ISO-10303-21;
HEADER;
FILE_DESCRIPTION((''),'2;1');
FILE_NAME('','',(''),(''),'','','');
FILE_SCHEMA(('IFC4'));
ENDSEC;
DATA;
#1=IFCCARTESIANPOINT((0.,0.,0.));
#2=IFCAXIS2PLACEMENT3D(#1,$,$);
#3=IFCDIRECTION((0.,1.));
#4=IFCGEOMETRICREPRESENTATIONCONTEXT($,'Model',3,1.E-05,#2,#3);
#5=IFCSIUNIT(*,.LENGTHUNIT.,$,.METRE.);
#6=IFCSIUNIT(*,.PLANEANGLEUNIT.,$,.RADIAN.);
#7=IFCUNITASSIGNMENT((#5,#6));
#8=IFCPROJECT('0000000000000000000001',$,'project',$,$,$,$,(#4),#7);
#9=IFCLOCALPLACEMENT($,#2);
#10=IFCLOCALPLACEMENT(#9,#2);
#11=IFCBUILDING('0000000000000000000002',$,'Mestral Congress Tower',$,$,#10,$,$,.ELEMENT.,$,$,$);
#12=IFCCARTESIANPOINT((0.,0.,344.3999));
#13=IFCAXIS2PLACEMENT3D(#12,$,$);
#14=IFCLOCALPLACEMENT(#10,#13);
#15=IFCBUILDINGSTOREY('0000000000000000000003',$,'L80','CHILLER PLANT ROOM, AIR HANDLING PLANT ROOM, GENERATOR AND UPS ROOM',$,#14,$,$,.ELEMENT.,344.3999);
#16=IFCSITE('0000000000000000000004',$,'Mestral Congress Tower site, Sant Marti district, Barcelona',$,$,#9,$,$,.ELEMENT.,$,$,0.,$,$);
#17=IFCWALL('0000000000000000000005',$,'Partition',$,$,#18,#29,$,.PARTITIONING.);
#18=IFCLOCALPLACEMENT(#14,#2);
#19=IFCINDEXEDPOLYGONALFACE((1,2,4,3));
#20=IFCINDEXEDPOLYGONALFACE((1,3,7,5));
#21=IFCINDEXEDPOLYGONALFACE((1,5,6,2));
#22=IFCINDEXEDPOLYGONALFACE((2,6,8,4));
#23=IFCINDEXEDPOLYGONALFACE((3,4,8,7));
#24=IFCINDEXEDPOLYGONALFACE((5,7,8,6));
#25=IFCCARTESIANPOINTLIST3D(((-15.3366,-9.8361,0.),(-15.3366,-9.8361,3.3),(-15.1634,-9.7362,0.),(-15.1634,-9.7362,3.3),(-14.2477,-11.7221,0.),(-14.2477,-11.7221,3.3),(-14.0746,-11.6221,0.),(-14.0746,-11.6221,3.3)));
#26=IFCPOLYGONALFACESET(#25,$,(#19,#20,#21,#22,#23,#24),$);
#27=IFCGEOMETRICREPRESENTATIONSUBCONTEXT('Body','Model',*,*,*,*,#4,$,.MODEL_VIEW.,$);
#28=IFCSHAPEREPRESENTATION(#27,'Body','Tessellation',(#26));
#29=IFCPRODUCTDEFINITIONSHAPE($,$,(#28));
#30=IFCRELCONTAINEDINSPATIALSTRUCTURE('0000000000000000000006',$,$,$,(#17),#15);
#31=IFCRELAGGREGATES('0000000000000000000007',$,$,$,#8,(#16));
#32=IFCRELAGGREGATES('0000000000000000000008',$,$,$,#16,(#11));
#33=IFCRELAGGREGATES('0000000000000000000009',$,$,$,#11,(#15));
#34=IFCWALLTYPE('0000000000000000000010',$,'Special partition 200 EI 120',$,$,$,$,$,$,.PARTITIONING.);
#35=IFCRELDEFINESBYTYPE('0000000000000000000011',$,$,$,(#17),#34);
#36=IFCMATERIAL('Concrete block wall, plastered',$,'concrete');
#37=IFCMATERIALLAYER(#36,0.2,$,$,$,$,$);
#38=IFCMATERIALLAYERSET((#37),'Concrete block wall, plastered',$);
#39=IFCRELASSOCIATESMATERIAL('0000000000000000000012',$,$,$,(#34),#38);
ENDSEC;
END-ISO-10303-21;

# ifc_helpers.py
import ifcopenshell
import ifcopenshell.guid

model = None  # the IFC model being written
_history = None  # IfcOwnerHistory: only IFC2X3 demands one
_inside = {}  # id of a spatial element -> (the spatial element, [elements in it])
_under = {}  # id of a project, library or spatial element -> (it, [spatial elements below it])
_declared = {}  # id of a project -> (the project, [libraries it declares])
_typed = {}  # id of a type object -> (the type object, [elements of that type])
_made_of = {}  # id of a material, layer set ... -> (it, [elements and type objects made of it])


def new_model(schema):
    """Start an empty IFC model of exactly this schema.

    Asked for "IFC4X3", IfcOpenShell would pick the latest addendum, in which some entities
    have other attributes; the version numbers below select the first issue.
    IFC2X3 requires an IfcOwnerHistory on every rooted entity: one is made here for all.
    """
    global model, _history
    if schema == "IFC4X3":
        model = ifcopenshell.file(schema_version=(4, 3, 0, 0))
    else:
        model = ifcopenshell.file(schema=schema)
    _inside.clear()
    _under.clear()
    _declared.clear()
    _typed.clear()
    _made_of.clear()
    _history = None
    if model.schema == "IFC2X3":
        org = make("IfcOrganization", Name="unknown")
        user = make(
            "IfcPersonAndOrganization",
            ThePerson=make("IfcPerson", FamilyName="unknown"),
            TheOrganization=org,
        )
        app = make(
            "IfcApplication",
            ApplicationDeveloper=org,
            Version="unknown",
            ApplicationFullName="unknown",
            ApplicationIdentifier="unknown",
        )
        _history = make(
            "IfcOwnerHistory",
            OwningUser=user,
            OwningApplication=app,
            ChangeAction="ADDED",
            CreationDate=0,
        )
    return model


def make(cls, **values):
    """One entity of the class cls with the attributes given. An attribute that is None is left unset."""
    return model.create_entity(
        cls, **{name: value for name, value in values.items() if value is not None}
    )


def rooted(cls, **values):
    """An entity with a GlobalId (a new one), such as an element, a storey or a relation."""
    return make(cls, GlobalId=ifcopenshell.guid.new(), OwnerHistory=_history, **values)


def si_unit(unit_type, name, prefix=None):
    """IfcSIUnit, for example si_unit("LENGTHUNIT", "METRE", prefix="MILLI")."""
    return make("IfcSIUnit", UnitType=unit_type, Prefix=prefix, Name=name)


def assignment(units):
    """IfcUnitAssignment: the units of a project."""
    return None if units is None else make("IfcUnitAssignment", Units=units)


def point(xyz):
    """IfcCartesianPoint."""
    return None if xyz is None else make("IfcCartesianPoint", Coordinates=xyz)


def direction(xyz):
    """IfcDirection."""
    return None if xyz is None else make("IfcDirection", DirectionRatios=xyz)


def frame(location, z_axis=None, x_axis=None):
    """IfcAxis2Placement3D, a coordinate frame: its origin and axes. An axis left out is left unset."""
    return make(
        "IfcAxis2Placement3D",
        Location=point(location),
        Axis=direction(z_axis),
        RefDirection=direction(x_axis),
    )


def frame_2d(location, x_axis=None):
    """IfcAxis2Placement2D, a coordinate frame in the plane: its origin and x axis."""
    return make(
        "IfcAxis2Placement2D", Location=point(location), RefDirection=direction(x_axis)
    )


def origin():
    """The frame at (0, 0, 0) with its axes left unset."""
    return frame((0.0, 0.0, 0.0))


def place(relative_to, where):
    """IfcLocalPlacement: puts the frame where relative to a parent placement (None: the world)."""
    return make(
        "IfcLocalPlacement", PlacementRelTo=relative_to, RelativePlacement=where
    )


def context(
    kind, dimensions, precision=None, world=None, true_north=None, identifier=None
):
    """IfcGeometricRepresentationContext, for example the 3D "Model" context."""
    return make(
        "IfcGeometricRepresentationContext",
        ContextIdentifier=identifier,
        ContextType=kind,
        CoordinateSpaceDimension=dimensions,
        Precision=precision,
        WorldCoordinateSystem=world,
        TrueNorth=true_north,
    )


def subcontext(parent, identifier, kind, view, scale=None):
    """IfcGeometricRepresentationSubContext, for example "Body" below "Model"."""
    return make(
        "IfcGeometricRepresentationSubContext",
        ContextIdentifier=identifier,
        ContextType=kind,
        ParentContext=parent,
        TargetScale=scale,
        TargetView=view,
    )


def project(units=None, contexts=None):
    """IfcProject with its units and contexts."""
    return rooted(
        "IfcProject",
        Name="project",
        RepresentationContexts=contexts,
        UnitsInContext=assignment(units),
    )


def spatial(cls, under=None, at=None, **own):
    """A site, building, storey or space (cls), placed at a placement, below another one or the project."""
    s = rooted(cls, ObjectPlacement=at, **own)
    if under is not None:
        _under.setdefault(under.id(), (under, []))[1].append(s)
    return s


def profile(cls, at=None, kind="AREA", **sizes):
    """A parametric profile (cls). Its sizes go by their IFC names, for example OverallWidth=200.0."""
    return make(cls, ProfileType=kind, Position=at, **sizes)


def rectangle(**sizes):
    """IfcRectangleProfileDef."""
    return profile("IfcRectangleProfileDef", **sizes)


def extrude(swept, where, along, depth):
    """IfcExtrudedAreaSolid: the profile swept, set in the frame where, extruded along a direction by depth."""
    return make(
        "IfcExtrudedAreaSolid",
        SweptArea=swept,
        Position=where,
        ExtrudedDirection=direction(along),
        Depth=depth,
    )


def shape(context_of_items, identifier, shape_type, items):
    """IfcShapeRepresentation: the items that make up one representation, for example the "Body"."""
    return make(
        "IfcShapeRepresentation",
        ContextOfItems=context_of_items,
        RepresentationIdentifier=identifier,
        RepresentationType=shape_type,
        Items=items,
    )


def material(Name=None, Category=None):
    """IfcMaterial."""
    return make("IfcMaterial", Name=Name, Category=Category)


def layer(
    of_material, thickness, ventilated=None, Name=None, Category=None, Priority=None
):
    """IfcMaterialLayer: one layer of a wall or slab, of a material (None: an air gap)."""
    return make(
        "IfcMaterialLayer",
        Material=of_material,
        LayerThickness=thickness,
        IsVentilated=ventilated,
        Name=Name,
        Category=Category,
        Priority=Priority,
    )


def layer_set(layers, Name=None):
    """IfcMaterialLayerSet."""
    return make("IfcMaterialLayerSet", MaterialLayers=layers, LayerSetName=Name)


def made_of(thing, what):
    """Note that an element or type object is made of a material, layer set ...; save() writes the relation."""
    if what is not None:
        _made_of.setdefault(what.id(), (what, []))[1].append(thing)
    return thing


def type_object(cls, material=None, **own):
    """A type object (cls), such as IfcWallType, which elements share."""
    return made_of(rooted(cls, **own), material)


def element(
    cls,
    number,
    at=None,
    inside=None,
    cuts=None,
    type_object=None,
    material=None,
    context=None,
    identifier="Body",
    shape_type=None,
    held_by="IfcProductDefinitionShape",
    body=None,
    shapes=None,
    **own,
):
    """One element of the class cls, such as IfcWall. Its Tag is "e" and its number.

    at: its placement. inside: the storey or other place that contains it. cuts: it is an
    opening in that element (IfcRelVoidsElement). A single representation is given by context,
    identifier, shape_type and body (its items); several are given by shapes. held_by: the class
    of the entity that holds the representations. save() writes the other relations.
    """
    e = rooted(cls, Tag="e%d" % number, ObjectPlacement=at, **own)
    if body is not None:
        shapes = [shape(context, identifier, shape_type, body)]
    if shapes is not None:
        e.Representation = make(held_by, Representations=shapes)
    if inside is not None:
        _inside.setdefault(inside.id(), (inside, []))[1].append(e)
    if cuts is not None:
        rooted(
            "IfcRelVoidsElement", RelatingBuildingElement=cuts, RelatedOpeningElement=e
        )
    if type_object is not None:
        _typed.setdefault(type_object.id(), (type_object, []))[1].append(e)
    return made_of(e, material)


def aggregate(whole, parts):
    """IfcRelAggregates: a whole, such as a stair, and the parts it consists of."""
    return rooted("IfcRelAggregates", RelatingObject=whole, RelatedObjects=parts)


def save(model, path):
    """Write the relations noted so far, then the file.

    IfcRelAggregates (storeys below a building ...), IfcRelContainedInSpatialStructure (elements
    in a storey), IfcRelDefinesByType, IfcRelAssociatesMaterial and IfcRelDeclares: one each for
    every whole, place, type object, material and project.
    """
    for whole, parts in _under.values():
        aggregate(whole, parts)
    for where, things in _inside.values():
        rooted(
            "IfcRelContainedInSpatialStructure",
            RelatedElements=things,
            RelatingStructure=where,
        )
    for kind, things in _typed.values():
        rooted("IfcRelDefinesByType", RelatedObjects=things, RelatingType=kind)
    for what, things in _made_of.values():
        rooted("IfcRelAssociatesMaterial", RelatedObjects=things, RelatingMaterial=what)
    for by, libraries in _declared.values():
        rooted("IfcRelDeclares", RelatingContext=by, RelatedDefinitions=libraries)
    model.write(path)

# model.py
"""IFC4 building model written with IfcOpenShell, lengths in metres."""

from ifc_helpers import new_model, si_unit, direction, frame, frame_2d, origin, place, context, subcontext, project, spatial, rectangle, extrude, material, layer, layer_set, type_object, element, save


model = new_model("IFC4")

# Units and contexts
model_context = context("Model", 3, precision=1e-05, world=origin(), true_north=direction((0.0, 1.0)))
body_context = subcontext(model_context, "Body", "Model", "MODEL_VIEW")
ifc_project = project(units=[si_unit("LENGTHUNIT", "METRE"), si_unit("PLANEANGLEUNIT", "RADIAN")], contexts=[model_context])

# Site, building, storey
site_placement = place(None, origin())
site = spatial("IfcSite", under=ifc_project, at=site_placement, Name="Mestral Congress Tower site, Sant Marti district, Barcelona", CompositionType="ELEMENT", RefElevation=0.0)
building_placement = place(site_placement, origin())
building = spatial("IfcBuilding", under=site, at=building_placement, Name="Mestral Congress Tower", CompositionType="ELEMENT")
storey_placement = place(building_placement, frame((0.0, 0.0, 344.3999)))
storey = spatial("IfcBuildingStorey", under=building, at=storey_placement, Name="L80", Description="CHILLER PLANT ROOM, AIR HANDLING PLANT ROOM, GENERATOR AND UPS ROOM", CompositionType="ELEMENT", Elevation=344.3999)

# Shared definitions
ifc_material_1 = material(Name="Concrete block wall, plastered", Category="concrete")
ifc_layer_1 = layer(ifc_material_1, 0.2)
ifc_layer_set_1 = layer_set([ifc_layer_1], Name="Concrete block wall, plastered")
wall_type_1 = type_object("IfcWallType", Name="Special partition 200 EI 120", PredefinedType="PARTITIONING", material=ifc_layer_set_1)

# Wall
wall_1_placement = place(storey_placement, frame((-14.1611, -11.6721, 0.0), z_axis=(0.0, 0.0, 1.0), x_axis=(-0.499997, 0.866027, 0.0)))
element("IfcWall", 1, at=wall_1_placement, inside=storey, type_object=wall_type_1, Name="Partition", PredefinedType="PARTITIONING", context=body_context, shape_type="SweptSolid", body=[
    extrude(rectangle(XDim=2.1777, YDim=0.2, at=frame_2d((1.0889, 0.0))), origin(), (0.0, 0.0, 1.0), 3.3),
])

save(model, "model.ifc")
